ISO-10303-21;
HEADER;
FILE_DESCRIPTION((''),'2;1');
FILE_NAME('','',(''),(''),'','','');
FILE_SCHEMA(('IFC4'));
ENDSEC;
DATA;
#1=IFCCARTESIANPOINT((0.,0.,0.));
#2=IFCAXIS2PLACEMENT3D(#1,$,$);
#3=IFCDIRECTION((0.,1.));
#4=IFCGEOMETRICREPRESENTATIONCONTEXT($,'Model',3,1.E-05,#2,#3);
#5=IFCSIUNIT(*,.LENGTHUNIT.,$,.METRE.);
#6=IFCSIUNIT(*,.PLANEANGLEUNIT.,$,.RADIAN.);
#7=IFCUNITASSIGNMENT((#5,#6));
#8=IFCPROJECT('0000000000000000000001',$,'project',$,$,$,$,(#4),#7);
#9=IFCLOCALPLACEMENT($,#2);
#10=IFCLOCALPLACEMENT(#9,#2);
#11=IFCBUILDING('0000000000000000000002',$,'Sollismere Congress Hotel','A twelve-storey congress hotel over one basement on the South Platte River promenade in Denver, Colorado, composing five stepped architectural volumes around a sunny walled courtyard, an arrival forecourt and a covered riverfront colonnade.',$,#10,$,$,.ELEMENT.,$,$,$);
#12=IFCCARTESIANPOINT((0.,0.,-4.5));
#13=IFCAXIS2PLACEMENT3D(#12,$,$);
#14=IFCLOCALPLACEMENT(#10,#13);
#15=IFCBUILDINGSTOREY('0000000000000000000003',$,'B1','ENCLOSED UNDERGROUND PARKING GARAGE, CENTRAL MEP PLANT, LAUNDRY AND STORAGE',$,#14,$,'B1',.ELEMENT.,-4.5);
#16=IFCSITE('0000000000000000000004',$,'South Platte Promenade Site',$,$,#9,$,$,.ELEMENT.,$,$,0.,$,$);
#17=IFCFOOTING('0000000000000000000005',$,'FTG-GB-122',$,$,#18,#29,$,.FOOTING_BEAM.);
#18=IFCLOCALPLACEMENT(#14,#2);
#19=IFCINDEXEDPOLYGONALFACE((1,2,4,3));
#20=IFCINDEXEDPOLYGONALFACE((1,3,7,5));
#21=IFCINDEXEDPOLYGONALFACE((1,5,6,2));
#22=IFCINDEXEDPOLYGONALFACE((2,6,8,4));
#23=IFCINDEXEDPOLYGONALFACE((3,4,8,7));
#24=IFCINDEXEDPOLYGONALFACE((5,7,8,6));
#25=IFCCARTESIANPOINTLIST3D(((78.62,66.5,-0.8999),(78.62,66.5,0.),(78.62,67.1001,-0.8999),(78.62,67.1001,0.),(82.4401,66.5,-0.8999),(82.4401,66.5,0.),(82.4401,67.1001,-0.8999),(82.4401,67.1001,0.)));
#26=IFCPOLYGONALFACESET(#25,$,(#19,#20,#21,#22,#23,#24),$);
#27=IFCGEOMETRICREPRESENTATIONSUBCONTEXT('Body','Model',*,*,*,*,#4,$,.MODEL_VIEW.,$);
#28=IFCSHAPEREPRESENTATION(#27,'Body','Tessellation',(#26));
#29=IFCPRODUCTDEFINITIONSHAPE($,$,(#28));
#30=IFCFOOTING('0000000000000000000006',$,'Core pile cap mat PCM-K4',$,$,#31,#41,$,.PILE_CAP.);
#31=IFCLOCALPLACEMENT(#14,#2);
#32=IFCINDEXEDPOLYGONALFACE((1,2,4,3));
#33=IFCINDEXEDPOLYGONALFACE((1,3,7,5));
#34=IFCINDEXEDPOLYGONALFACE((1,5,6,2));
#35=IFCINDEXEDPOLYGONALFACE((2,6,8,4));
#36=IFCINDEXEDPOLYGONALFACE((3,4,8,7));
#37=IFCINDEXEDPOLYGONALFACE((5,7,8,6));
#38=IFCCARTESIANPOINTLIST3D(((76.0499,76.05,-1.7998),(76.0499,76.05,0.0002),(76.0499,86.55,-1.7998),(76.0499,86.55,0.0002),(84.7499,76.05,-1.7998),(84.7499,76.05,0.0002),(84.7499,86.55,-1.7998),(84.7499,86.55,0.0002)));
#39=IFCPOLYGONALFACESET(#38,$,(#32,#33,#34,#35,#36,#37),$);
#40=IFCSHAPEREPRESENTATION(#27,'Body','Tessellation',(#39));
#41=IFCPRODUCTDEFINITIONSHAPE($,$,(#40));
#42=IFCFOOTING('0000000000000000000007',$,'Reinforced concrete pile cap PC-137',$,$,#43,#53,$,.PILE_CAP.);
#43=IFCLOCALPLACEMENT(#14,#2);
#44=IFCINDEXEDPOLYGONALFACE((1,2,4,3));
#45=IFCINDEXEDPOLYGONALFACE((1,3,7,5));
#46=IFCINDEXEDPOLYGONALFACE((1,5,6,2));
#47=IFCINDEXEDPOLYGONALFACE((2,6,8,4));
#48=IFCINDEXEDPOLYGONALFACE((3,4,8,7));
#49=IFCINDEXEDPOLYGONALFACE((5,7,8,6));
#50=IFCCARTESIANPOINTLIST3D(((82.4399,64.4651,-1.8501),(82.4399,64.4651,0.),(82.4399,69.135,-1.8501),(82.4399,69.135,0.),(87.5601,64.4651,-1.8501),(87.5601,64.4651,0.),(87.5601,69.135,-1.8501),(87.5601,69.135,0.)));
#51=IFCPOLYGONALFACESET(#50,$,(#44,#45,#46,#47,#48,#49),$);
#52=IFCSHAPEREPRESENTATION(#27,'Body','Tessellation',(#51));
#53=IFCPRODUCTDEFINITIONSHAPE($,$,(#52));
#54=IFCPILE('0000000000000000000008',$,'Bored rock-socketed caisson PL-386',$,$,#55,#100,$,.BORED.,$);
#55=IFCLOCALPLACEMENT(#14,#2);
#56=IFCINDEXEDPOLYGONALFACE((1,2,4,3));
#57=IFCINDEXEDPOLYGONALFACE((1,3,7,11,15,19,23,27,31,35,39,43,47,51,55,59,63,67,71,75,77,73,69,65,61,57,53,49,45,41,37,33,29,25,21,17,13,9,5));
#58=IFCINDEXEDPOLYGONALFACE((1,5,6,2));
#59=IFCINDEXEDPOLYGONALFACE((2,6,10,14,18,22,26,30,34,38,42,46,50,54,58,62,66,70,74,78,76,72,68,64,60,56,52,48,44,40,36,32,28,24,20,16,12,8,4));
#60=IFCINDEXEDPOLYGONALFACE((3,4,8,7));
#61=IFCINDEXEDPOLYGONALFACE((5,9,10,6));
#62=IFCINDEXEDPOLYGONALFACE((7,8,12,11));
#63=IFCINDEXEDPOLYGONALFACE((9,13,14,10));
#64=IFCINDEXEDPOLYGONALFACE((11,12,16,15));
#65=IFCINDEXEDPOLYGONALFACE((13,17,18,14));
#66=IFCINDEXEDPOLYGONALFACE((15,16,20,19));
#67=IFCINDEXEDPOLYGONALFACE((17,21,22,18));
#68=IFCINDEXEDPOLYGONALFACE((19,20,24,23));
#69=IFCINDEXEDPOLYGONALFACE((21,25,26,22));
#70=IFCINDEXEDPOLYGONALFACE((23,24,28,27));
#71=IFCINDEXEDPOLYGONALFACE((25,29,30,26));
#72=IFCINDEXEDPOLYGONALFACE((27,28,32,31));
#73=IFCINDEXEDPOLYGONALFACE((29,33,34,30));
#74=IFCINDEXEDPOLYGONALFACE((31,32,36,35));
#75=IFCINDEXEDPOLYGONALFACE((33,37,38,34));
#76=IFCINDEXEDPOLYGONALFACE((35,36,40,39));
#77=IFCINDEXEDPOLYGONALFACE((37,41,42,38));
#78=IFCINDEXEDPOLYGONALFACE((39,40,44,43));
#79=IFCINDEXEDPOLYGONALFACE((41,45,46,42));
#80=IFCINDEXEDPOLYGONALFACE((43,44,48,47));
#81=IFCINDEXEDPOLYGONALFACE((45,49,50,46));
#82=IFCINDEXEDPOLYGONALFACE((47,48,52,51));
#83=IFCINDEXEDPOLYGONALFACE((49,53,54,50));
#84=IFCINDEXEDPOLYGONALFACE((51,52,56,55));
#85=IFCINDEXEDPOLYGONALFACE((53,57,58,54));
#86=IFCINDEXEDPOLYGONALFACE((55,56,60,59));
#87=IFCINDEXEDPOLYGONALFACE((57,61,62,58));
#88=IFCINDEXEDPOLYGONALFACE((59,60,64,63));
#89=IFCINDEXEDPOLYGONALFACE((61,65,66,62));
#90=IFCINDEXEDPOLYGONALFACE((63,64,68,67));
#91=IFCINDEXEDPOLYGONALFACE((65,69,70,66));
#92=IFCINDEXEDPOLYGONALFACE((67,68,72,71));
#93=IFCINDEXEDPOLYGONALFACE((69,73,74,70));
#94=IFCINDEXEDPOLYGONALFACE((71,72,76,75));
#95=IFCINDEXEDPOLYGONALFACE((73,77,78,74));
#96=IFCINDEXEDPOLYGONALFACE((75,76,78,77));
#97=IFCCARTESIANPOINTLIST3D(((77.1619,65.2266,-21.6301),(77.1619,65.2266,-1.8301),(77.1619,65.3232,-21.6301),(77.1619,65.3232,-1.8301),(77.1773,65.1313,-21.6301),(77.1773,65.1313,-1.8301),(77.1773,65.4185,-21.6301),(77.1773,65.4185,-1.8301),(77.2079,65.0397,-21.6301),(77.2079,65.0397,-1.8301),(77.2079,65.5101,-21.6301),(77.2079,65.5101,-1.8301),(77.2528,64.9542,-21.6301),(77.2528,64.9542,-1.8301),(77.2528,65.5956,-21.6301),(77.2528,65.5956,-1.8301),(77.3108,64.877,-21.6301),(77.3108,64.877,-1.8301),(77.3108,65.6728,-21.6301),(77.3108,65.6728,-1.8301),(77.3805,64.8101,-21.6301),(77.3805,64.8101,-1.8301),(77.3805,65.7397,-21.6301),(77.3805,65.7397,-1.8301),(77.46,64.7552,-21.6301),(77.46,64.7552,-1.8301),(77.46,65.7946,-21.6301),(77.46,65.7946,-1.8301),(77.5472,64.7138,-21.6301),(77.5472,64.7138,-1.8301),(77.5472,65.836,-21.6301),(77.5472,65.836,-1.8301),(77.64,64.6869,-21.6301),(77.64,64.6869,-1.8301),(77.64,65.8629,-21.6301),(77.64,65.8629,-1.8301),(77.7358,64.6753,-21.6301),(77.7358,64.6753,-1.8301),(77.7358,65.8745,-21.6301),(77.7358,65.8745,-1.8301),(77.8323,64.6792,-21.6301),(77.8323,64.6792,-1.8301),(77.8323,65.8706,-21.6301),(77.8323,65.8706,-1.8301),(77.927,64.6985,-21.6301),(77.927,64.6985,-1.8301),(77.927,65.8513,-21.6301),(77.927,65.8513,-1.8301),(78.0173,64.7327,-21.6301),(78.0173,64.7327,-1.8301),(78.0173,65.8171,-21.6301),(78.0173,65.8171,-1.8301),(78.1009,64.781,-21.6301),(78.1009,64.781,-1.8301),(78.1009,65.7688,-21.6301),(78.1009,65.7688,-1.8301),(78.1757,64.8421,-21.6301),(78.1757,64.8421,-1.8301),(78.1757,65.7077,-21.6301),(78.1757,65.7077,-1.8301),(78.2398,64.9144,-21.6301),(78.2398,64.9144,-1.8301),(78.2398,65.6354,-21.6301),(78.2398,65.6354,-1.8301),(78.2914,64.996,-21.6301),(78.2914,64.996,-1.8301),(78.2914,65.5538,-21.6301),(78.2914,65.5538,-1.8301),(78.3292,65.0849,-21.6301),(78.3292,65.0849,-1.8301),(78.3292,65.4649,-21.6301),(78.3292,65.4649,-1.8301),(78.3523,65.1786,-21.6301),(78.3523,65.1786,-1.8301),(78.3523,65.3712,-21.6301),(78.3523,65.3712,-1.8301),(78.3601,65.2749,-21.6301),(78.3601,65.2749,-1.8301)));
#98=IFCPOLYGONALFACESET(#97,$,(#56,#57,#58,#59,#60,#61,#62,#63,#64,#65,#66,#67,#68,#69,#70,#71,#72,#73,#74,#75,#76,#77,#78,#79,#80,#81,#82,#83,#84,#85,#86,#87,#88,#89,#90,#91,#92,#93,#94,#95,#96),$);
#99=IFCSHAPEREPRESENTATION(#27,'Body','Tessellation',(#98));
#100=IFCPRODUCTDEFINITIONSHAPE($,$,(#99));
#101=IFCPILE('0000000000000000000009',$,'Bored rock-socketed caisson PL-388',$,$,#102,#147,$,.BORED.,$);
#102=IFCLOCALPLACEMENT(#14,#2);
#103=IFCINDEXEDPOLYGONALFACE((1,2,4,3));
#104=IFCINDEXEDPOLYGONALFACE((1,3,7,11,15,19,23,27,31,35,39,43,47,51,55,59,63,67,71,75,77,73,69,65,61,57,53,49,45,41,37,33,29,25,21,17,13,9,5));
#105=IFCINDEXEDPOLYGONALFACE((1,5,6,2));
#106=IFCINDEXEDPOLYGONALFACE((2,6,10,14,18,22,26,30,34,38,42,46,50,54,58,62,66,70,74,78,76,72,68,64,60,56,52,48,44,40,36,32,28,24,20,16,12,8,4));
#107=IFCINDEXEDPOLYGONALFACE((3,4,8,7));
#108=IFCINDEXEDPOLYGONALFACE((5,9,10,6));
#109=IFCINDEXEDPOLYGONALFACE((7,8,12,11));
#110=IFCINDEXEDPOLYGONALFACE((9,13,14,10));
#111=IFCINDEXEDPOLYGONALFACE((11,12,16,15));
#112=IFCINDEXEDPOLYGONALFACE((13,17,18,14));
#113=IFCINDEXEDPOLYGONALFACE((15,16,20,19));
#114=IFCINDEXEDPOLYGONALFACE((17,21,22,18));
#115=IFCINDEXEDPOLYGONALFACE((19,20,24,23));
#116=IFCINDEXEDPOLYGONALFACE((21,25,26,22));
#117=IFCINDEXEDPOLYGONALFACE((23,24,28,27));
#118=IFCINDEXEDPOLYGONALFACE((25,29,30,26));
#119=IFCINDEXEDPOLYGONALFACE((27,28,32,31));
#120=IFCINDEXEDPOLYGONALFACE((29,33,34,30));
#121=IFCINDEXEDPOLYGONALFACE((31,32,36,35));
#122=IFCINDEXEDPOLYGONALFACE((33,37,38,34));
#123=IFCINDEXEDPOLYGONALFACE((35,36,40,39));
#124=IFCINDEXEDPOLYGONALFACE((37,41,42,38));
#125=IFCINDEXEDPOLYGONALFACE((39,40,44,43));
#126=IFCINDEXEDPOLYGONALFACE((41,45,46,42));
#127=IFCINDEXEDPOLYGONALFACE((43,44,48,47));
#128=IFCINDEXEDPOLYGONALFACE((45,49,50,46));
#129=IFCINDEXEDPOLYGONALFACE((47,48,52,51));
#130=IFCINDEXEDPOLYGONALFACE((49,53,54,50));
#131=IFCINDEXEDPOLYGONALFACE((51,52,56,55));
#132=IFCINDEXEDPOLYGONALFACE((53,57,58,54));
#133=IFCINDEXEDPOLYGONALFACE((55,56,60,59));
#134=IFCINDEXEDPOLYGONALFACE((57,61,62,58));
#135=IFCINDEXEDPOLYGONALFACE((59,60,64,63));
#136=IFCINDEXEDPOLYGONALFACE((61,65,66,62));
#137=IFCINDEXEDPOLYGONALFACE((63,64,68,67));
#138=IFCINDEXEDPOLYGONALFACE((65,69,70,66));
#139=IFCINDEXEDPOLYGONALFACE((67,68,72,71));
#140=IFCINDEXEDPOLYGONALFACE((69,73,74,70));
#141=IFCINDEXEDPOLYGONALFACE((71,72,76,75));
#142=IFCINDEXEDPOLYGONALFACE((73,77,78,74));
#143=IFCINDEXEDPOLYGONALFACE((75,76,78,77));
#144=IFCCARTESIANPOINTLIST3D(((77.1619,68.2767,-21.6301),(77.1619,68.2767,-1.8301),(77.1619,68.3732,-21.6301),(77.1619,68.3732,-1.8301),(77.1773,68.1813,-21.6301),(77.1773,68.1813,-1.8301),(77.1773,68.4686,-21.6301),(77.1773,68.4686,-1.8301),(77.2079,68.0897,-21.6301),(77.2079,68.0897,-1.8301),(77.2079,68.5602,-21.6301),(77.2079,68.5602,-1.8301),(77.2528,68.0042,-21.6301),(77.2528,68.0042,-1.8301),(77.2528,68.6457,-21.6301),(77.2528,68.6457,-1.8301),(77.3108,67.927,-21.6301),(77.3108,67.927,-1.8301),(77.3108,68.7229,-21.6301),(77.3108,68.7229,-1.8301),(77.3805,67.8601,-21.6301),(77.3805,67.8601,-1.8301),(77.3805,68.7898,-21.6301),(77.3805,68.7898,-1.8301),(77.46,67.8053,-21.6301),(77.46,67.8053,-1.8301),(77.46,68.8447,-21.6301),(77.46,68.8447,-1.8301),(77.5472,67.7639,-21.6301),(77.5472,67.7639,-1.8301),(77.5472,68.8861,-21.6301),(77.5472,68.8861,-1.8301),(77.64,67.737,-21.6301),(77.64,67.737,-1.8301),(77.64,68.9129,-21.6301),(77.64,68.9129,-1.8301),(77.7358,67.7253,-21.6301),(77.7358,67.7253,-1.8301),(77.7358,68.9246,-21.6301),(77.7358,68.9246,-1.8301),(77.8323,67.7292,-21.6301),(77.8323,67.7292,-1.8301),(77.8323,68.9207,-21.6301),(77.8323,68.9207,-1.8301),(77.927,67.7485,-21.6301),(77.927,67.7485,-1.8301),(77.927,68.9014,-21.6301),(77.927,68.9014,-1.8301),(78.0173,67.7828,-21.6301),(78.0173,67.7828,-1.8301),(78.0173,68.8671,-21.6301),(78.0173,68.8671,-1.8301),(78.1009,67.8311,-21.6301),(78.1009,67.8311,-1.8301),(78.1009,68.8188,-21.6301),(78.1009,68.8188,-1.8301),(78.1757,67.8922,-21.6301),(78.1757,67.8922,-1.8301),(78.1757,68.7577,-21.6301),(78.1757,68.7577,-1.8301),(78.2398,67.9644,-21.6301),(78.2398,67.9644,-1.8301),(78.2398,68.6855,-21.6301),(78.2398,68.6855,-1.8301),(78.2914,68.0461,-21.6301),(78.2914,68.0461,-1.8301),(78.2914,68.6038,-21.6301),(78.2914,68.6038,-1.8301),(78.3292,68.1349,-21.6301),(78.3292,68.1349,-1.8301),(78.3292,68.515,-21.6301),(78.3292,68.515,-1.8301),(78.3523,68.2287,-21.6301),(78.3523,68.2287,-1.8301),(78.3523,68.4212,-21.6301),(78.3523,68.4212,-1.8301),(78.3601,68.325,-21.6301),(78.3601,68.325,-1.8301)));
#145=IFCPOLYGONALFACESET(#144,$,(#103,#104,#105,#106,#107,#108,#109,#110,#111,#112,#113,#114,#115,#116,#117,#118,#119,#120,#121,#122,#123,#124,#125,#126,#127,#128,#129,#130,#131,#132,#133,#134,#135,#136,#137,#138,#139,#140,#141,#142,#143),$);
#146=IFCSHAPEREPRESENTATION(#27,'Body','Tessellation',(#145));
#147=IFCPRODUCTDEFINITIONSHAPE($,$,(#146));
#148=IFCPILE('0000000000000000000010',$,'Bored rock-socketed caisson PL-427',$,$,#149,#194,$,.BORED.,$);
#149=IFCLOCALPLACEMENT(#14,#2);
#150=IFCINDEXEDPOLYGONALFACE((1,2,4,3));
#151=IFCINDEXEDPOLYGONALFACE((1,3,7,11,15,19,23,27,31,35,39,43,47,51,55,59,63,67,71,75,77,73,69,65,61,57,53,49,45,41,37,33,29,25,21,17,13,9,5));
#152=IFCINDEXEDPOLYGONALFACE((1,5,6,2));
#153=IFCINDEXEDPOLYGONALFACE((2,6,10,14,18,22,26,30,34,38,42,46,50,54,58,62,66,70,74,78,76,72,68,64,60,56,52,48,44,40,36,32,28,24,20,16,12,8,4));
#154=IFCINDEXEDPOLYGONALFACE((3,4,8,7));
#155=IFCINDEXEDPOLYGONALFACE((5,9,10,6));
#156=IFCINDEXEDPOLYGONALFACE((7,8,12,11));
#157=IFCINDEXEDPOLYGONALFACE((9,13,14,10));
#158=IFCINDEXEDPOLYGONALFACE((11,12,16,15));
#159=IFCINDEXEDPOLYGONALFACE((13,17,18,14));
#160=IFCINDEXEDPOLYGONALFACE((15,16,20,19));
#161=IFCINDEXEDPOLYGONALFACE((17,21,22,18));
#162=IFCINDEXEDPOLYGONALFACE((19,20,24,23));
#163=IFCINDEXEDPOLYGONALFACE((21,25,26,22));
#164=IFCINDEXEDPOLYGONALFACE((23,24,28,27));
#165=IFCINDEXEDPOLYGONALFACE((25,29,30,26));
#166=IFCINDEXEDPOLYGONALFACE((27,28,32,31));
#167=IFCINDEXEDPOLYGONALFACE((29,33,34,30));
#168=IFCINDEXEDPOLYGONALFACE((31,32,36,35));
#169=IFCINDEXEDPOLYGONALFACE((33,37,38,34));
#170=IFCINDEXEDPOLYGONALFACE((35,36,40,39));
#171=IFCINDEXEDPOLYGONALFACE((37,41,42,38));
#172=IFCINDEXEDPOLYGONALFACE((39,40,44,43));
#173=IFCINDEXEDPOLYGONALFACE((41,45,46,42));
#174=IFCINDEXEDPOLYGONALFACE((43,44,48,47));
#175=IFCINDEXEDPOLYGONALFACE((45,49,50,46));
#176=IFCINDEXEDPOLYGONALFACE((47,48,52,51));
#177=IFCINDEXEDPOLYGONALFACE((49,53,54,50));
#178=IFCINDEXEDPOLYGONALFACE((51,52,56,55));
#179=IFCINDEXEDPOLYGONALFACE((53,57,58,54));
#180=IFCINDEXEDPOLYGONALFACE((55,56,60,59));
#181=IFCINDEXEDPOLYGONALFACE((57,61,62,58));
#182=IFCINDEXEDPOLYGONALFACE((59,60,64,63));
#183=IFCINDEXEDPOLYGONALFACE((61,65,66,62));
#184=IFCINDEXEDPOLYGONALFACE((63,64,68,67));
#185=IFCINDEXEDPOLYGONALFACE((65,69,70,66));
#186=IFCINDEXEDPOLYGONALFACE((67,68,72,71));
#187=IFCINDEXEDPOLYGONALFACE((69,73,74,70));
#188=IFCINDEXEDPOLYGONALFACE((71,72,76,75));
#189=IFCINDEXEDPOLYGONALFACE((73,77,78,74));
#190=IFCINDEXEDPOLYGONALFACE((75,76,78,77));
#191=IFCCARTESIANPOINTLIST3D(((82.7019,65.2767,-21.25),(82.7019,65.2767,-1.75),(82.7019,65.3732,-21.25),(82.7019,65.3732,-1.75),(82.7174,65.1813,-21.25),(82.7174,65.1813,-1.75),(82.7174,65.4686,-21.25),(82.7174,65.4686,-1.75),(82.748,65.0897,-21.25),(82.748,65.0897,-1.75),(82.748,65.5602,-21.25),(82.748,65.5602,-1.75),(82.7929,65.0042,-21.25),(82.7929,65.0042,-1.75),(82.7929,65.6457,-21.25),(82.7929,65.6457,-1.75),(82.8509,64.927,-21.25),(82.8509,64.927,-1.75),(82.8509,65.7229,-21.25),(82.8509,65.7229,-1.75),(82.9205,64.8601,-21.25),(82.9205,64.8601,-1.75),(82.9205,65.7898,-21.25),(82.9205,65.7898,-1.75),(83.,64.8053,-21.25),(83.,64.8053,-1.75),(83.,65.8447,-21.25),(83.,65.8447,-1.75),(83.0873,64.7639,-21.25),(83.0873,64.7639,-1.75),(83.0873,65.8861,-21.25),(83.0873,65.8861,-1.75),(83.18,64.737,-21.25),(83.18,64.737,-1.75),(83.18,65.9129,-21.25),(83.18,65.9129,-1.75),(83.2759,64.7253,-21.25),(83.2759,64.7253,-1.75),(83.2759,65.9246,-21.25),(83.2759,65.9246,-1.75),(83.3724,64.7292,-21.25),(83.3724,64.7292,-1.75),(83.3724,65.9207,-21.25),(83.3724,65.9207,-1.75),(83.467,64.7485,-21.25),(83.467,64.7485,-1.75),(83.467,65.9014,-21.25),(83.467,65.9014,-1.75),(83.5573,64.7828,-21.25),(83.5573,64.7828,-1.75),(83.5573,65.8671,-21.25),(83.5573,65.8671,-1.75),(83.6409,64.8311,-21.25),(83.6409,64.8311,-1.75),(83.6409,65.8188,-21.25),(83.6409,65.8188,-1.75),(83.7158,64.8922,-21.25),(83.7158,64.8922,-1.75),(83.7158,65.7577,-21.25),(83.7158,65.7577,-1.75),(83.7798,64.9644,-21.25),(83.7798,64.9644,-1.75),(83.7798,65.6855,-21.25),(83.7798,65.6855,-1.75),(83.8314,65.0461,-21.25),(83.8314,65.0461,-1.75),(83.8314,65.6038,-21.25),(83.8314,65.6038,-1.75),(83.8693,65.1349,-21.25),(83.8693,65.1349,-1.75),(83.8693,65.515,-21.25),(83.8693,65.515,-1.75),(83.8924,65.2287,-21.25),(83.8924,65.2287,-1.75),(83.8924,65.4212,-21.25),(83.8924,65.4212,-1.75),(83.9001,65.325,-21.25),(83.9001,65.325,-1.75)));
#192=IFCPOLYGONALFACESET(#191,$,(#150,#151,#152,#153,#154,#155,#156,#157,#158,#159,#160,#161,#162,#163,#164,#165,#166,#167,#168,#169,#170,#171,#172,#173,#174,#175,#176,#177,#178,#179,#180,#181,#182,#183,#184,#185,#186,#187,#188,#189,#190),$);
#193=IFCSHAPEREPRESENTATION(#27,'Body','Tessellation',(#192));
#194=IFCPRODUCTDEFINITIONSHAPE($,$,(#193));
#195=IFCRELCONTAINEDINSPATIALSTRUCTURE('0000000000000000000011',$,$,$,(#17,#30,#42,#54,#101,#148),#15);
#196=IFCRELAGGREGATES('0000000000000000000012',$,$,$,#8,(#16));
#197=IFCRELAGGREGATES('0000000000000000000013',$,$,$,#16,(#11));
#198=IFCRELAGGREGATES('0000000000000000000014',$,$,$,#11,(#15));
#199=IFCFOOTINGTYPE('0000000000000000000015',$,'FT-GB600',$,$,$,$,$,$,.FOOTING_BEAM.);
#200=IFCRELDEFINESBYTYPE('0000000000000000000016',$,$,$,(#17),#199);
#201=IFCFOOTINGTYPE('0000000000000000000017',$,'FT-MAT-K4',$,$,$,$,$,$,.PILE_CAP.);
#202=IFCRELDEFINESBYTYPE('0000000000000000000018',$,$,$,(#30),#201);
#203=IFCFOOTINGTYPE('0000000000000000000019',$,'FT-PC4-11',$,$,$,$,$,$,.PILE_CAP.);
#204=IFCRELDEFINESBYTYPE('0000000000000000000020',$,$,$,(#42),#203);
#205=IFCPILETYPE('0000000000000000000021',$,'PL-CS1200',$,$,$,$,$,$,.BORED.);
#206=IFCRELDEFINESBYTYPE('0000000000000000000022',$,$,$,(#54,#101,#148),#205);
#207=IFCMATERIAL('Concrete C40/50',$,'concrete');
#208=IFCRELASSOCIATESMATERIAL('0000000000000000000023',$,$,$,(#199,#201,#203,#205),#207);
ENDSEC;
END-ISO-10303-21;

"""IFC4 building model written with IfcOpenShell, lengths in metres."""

from ifc_helpers import new_model, si_unit, direction, frame, origin, origin_2d, place, context, subcontext, project, spatial, rectangle, circle, extrude, material, material_profile, profile_set, type_object, element, save


model = new_model("IFC4")

# Units and contexts
model_context = context("Model", 3, precision=1e-05, world=origin(), true_north=direction((0.0, 1.0)))
body_context = subcontext(model_context, "Body", "Model", "MODEL_VIEW")
ifc_project = project(units=[si_unit("LENGTHUNIT", "METRE"), si_unit("PLANEANGLEUNIT", "RADIAN")], contexts=[model_context])

# Site, building, storey
site_placement = place(None, origin())
site = spatial("IfcSite", under=ifc_project, at=site_placement, Name="South Platte Promenade Site", CompositionType="ELEMENT", RefElevation=0.0)
building_placement = place(site_placement, origin())
building = spatial("IfcBuilding", under=site, at=building_placement, Name="Sollismere Congress Hotel", Description="A twelve-storey congress hotel over one basement on the South Platte River promenade in Denver, Colorado, composing five stepped architectural volumes around a sunny walled courtyard, an arrival forecourt and a covered riverfront colonnade.", CompositionType="ELEMENT")
storey_placement = place(building_placement, frame((0.0, 0.0, -4.5)))
storey = spatial("IfcBuildingStorey", under=building, at=storey_placement, Name="B1", Description="ENCLOSED UNDERGROUND PARKING GARAGE, CENTRAL MEP PLANT, LAUNDRY AND STORAGE", LongName="B1", CompositionType="ELEMENT", Elevation=-4.5)

# Footings
ifc_material_1 = material(Name="Concrete C40/50", Category="concrete")
footing_type_1 = type_object("IfcFootingType", Name="FT-GB600", PredefinedType="FOOTING_BEAM", material=ifc_material_1)
footing_1_placement = place(storey_placement, frame((80.53, 66.8, -0.8999), z_axis=(0.0, 0.0, 1.0), x_axis=(1.0, 0.0, 0.0)))
element("IfcFooting", 1, at=footing_1_placement, inside=storey, type_object=footing_type_1, Name="FTG-GB-122", PredefinedType="FOOTING_BEAM", context=body_context, shape_type="SweptSolid", body=[
    extrude(rectangle(XDim=3.8201, YDim=0.6001, at=origin_2d()), origin(), (0.0, 0.0, 1.0), 0.8999),
])
footing_type_2 = type_object("IfcFootingType", Name="FT-MAT-K4", PredefinedType="PILE_CAP", material=ifc_material_1)
footing_2_placement = place(storey_placement, frame((80.3999, 81.3, -1.7998), z_axis=(0.0, 0.0, 1.0), x_axis=(1.0, 0.0, 0.0)))
element("IfcFooting", 2, at=footing_2_placement, inside=storey, type_object=footing_type_2, Name="Core pile cap mat PCM-K4", PredefinedType="PILE_CAP", context=body_context, shape_type="SweptSolid", body=[
    extrude(rectangle(XDim=8.7, YDim=10.5, at=origin_2d()), origin(), (0.0, 0.0, 1.0), 1.8),
])
footing_type_3 = type_object("IfcFootingType", Name="FT-PC4-11", PredefinedType="PILE_CAP", material=ifc_material_1)
footing_3_placement = place(storey_placement, frame((85.0, 66.8, -1.8501), z_axis=(0.0, 0.0, 1.0), x_axis=(1.0, 0.0, 0.0)))
element("IfcFooting", 3, at=footing_3_placement, inside=storey, type_object=footing_type_3, Name="Reinforced concrete pile cap PC-137", PredefinedType="PILE_CAP", context=body_context, shape_type="SweptSolid", body=[
    extrude(rectangle(XDim=5.1201, YDim=4.6699, at=origin_2d()), origin(), (0.0, 0.0, 1.0), 1.8501),
])

# Piles
ifc_material_profile_1 = material_profile(ifc_material_1, circle(Radius=0.6001, at=origin_2d()), Name="CAISSON1200")
ifc_profile_set_1 = profile_set([ifc_material_profile_1], Name="Concrete C40/50")
pile_type = type_object("IfcPileType", Name="PL-CS1200", PredefinedType="BORED", material=ifc_profile_set_1)
for number, where, z_axis, x_axis, name in (
    (4, (77.76, 65.2749, -1.8301), (0.0, 0.0, -1.0), (1.0, 0.0, 0.0), "Bored rock-socketed caisson PL-386"),
    (5, (77.76, 68.325, -1.8301), (0.0, 0.0, -1.0), (1.0, 0.0, 0.0), "Bored rock-socketed caisson PL-388"),
):
    element("IfcPile", number, at=place(storey_placement, frame(where, z_axis=z_axis, x_axis=x_axis)), inside=storey, type_object=pile_type, Name=name, PredefinedType="BORED", context=body_context, shape_type="SweptSolid", body=[
        extrude(circle(Radius=0.6001, at=origin_2d()), origin(), (0.0, 0.0, 1.0), 19.8),
    ])
for number, where, z_axis, x_axis, name in (
    (6, (83.3, 65.325, -1.75), (0.0, 0.0, -1.0), (1.0, 0.0, 0.0), "Bored rock-socketed caisson PL-427"),
):
    element("IfcPile", number, at=place(storey_placement, frame(where, z_axis=z_axis, x_axis=x_axis)), inside=storey, type_object=pile_type, Name=name, PredefinedType="BORED", context=body_context, shape_type="SweptSolid", body=[
        extrude(circle(Radius=0.6001, at=origin_2d()), origin(), (0.0, 0.0, 1.0), 19.5),
    ])

save(model, "model.ifc")
